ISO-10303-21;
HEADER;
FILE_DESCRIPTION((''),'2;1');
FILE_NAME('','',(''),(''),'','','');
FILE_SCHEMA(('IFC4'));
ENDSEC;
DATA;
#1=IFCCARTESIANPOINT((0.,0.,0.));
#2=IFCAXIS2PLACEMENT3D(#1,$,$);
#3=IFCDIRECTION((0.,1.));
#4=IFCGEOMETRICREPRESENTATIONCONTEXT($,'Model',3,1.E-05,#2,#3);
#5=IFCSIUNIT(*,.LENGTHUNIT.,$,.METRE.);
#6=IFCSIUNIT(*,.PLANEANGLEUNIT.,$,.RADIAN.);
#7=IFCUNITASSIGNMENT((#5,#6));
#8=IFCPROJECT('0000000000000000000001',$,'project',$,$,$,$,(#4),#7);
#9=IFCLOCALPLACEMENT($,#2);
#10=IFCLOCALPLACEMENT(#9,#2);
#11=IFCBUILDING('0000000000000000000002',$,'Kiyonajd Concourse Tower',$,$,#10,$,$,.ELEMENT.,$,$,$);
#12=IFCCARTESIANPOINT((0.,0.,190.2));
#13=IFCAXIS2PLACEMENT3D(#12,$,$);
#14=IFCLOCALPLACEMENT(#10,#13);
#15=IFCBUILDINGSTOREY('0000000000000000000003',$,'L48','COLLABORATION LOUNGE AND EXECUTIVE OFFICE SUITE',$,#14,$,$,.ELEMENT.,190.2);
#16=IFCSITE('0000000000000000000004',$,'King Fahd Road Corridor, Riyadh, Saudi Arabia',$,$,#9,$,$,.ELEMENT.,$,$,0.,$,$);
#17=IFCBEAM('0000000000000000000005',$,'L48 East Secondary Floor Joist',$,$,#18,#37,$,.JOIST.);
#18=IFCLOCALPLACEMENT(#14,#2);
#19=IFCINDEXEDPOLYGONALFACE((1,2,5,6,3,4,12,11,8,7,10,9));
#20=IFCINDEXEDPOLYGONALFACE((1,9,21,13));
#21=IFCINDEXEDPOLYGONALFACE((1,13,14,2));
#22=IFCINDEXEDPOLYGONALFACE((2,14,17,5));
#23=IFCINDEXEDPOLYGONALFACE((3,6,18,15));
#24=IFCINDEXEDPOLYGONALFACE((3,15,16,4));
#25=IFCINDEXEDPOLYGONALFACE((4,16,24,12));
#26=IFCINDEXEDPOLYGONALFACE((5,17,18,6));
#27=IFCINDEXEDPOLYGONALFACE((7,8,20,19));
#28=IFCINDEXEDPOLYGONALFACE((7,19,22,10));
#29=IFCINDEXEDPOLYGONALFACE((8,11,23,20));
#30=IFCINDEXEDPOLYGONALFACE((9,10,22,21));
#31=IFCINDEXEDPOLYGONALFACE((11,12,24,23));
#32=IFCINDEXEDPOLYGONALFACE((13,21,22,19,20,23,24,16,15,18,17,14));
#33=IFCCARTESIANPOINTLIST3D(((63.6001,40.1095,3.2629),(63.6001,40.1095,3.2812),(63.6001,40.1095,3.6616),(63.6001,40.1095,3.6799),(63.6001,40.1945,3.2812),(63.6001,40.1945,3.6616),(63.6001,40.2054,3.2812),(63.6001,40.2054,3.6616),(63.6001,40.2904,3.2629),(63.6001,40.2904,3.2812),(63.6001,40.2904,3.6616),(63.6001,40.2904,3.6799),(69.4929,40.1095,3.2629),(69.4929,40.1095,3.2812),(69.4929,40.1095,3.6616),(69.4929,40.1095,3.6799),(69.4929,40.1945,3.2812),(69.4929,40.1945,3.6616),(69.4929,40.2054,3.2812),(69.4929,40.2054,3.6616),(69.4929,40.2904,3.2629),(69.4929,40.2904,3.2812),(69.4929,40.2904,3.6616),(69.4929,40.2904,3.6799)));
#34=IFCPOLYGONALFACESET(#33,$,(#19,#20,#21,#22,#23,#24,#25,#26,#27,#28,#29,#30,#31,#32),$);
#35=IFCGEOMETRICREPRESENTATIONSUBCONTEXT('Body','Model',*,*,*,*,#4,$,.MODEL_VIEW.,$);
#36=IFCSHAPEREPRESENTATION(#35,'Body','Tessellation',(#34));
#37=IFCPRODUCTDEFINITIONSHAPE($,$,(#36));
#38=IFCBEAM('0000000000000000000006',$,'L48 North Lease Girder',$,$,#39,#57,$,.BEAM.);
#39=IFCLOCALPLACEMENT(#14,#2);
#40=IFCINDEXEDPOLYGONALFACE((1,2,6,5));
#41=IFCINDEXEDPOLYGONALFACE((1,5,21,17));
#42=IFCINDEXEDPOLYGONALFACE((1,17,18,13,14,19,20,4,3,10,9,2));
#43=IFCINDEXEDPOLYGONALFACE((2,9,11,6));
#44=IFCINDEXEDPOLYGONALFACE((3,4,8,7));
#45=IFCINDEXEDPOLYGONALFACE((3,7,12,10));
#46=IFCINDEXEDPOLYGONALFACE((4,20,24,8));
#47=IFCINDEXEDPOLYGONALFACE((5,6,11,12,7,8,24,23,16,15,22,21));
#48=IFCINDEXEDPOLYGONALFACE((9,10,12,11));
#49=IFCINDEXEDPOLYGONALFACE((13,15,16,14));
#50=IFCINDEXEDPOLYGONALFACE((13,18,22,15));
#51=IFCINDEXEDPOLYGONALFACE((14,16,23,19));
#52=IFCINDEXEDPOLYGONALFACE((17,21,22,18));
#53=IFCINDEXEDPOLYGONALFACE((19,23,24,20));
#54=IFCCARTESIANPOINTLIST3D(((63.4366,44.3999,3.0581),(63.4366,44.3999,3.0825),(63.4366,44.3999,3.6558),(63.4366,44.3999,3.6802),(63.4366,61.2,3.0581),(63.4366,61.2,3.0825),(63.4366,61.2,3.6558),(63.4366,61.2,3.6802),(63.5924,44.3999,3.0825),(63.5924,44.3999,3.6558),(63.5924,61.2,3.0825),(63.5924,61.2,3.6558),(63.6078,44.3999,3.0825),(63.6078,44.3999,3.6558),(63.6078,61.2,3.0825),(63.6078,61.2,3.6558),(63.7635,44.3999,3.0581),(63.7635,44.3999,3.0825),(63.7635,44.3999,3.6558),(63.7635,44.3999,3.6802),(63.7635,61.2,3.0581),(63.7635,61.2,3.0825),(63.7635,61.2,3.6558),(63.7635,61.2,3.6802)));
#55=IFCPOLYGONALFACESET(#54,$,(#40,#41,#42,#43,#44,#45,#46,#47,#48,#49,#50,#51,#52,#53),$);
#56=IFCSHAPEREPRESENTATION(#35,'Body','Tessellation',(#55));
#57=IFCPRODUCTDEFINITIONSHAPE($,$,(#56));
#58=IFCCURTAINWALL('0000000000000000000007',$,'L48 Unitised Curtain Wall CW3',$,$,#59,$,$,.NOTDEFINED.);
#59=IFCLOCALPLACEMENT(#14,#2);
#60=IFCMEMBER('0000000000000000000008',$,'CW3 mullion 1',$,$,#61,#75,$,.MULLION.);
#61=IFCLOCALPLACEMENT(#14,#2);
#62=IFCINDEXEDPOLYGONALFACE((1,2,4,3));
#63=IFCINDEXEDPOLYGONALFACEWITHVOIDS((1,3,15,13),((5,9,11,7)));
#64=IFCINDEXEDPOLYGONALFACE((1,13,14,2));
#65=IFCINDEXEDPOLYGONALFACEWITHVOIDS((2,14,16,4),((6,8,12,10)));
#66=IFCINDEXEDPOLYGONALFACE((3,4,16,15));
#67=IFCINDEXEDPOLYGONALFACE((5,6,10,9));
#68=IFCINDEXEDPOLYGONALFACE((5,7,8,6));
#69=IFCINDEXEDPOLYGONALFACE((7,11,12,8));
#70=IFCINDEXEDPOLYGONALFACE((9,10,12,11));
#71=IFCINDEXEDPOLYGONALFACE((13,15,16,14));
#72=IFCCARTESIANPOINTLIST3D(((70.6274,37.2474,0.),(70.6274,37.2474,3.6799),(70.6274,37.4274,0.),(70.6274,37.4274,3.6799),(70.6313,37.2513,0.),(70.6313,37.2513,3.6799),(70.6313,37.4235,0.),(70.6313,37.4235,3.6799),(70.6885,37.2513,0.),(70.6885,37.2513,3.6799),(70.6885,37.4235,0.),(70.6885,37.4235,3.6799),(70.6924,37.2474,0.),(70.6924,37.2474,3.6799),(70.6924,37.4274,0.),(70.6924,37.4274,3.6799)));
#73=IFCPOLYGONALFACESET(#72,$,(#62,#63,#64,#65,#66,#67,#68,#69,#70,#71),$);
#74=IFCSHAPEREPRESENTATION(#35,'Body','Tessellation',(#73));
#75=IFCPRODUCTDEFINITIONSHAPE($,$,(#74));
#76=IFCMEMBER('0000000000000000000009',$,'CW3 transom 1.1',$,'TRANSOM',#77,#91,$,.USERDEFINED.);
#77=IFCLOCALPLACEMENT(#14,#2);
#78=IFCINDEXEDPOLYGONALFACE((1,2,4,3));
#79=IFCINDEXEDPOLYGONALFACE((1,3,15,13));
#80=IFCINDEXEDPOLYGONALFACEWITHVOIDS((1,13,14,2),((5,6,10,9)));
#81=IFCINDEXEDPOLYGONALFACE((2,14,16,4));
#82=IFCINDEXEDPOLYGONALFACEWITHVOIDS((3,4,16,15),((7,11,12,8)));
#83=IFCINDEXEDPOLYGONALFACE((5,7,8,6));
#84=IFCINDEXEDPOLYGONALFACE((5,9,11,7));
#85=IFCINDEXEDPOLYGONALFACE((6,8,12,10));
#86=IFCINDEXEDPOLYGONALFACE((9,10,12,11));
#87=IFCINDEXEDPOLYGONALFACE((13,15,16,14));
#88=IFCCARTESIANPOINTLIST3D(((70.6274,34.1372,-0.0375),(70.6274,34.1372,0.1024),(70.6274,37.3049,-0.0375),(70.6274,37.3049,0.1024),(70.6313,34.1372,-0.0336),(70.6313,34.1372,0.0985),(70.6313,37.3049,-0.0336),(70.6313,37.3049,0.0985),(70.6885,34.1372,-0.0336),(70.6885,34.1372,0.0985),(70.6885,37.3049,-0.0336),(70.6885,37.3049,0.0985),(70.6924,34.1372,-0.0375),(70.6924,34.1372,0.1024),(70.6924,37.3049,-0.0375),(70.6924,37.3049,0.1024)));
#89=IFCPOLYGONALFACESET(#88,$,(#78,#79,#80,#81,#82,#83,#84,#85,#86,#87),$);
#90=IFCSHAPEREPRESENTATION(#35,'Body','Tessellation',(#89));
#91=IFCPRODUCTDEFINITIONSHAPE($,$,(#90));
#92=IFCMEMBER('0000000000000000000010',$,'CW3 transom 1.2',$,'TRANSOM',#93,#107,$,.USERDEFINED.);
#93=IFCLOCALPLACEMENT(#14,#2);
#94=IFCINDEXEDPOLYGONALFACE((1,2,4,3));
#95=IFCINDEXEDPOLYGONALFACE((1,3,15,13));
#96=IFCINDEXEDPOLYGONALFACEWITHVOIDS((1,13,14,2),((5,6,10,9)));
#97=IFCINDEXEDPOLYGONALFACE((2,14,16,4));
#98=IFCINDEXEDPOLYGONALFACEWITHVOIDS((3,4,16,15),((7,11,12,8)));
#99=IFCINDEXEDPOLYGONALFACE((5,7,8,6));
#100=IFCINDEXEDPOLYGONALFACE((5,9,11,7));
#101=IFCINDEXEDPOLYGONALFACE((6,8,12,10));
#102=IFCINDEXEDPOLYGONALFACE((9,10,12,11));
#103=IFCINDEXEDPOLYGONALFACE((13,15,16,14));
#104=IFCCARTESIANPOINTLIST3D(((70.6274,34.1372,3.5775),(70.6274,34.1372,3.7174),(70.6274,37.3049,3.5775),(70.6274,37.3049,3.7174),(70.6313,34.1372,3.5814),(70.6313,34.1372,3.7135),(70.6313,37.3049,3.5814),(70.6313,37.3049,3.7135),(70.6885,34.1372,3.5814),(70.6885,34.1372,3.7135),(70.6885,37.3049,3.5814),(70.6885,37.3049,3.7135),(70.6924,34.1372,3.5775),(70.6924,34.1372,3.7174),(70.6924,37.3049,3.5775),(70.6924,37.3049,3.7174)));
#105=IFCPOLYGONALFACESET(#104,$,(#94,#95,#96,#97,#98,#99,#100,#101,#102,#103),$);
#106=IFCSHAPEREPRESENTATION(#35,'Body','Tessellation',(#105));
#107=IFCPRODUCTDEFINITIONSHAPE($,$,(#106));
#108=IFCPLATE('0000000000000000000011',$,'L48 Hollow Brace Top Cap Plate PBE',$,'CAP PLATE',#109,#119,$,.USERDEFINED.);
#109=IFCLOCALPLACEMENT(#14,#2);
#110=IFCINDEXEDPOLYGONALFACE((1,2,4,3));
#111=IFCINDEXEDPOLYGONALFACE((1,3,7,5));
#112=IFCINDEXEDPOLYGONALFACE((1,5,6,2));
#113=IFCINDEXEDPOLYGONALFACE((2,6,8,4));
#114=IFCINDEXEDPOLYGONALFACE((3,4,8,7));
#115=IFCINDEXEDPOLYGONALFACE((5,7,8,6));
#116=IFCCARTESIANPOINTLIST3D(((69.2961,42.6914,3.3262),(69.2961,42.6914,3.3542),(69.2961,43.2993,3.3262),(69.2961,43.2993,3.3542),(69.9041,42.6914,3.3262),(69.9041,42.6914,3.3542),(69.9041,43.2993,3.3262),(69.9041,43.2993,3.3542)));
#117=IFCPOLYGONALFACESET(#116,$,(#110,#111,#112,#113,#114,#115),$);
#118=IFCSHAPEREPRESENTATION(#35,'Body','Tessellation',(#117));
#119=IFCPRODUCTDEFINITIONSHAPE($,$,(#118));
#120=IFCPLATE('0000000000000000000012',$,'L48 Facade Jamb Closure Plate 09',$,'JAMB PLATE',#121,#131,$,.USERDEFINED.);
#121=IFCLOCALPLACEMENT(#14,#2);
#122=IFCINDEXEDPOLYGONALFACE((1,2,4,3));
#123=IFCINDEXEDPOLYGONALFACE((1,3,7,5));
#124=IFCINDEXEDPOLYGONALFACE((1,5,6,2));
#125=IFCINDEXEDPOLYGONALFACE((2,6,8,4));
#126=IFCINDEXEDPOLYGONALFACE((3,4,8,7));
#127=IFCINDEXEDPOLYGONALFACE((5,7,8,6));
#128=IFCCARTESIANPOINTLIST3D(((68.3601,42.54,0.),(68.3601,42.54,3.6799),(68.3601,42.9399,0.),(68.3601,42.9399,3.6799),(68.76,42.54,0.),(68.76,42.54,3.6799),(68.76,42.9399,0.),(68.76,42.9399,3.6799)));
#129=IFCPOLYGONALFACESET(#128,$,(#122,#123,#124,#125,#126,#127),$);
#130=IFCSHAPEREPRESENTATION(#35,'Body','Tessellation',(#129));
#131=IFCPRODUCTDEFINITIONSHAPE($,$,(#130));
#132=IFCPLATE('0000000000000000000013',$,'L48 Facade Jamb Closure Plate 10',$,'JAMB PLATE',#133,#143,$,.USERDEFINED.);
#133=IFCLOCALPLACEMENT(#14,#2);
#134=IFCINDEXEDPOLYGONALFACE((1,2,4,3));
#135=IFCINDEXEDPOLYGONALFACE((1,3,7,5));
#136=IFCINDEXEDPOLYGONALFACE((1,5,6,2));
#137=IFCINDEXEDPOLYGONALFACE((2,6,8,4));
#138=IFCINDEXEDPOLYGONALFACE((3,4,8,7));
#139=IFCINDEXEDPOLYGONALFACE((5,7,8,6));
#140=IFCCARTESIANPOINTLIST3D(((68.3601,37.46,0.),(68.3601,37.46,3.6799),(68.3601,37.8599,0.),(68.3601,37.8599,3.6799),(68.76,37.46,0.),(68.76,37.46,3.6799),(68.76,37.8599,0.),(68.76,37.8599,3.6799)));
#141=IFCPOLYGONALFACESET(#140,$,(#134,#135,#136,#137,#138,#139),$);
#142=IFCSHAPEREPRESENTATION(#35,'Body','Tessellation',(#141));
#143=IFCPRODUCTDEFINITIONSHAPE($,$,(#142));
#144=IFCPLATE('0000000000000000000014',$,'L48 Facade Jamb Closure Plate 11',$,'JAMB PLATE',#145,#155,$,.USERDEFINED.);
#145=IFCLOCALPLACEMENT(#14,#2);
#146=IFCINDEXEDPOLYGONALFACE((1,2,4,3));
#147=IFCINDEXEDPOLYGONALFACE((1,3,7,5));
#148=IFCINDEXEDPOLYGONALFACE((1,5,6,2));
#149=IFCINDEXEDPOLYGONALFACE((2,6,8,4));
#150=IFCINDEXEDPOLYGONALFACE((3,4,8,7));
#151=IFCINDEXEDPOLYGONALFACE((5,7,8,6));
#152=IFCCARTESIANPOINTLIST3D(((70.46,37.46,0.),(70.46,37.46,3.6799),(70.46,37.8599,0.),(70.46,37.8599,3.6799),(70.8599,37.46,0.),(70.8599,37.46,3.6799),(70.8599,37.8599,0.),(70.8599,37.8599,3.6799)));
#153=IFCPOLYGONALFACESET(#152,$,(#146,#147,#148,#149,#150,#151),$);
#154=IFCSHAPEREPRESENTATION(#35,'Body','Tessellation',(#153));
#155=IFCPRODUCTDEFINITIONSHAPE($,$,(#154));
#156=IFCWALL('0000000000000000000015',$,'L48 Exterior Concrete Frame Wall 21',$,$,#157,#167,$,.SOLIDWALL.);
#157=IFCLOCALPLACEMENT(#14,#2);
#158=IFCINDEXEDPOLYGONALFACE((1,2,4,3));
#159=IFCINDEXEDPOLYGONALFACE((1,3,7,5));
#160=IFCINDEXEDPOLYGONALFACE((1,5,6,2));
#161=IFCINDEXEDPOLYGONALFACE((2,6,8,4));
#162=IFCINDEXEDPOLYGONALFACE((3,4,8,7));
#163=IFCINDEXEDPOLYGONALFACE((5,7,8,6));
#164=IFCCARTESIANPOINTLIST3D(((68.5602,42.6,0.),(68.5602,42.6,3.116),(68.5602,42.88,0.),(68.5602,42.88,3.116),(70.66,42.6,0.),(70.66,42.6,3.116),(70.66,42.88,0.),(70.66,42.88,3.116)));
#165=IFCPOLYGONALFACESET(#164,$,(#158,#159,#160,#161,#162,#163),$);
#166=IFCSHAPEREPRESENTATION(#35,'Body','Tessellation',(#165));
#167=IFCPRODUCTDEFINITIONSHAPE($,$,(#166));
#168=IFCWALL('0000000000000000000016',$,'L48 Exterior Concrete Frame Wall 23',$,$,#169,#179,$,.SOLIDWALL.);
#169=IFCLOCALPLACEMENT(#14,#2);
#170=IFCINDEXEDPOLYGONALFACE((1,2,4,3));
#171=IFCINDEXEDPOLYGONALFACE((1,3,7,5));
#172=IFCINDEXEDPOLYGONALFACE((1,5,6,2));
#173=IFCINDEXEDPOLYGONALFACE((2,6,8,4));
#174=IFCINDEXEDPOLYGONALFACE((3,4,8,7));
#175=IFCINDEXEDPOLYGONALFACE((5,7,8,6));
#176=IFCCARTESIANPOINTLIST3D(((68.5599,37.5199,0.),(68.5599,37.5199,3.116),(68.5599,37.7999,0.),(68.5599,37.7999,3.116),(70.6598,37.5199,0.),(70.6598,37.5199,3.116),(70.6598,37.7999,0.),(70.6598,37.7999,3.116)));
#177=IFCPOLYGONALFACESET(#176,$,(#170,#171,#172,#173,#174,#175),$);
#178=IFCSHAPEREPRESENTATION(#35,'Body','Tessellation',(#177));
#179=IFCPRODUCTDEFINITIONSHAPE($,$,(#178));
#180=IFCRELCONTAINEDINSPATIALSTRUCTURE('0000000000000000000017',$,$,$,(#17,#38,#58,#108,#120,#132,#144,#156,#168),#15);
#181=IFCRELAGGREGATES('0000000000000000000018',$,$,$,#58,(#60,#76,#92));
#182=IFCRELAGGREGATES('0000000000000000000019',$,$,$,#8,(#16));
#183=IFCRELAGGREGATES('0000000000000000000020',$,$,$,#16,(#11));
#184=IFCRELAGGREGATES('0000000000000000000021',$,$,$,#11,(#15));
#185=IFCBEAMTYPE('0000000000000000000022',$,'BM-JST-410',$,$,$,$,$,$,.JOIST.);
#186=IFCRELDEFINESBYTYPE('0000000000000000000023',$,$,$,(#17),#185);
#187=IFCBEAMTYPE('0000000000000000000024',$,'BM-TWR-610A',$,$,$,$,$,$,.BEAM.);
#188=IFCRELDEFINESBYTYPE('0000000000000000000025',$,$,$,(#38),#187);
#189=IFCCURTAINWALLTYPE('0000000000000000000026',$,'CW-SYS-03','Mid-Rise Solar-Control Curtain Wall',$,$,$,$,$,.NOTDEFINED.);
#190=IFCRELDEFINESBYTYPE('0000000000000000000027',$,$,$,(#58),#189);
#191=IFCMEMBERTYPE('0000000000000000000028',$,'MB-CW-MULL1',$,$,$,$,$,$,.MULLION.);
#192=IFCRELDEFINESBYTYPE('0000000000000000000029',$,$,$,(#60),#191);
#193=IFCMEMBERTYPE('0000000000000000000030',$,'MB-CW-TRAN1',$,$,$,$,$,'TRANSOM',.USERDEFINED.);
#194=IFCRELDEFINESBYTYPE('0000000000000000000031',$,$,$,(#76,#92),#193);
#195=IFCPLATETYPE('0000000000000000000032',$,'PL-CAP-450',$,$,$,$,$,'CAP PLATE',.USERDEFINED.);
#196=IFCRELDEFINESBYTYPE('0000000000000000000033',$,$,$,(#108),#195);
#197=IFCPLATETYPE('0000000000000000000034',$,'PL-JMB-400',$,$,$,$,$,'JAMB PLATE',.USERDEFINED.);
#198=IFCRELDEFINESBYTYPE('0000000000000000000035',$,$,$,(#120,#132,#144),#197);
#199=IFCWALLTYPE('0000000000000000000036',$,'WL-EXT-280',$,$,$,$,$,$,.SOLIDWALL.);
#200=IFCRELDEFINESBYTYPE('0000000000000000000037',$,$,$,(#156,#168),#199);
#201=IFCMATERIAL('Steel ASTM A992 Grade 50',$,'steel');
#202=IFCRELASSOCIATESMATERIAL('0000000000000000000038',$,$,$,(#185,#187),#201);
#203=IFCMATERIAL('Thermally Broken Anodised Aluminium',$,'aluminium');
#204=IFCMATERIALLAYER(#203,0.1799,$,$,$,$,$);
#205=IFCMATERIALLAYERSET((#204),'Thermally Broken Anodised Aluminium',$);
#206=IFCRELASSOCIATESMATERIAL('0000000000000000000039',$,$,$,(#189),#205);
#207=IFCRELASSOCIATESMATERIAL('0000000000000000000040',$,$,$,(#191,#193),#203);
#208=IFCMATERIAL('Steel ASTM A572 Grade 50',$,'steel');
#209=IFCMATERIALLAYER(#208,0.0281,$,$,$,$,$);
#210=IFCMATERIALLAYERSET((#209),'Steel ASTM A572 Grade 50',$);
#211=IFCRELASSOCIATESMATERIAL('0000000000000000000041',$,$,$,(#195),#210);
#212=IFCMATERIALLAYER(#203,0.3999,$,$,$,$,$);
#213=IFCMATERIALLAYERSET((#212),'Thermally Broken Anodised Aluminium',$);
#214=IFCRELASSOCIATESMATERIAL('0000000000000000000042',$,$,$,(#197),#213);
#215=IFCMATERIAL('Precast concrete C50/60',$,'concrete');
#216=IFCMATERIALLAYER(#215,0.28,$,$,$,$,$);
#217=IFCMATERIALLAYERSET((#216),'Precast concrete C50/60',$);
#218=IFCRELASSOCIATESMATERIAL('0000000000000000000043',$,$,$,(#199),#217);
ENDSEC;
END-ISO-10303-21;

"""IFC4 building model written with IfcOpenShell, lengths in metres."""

from ifc_helpers import new_model, si_unit, direction, frame, frame_2d, origin, origin_2d, place, context, subcontext, project, spatial, rectangle, hollow_rectangle, i_section, extrude, material, layer, layer_set, material_profile, profile_set, type_object, element, aggregate, save


model = new_model("IFC4")

# Units and contexts
model_context = context("Model", 3, precision=1e-05, world=origin(), true_north=direction((0.0, 1.0)))
body_context = subcontext(model_context, "Body", "Model", "MODEL_VIEW")
ifc_project = project(units=[si_unit("LENGTHUNIT", "METRE"), si_unit("PLANEANGLEUNIT", "RADIAN")], contexts=[model_context])

# Site, building, storey
site_placement = place(None, origin())
site = spatial("IfcSite", under=ifc_project, at=site_placement, Name="King Fahd Road Corridor, Riyadh, Saudi Arabia", CompositionType="ELEMENT", RefElevation=0.0)
building_placement = place(site_placement, origin())
building = spatial("IfcBuilding", under=site, at=building_placement, Name="Kiyonajd Concourse Tower", CompositionType="ELEMENT")
storey_placement = place(building_placement, frame((0.0, 0.0, 190.2)))
storey = spatial("IfcBuildingStorey", under=building, at=storey_placement, Name="L48", Description="COLLABORATION LOUNGE AND EXECUTIVE OFFICE SUITE", CompositionType="ELEMENT", Elevation=190.2)

# Beams
ifc_material_1 = material(Name="Steel ASTM A992 Grade 50", Category="steel")
ifc_material_profile_1 = material_profile(ifc_material_1, i_section(OverallWidth=0.1809, OverallDepth=0.417, WebThickness=0.011, FlangeThickness=0.0183, at=origin_2d()), Name="W410X85")
ifc_profile_set_1 = profile_set([ifc_material_profile_1], Name="Steel ASTM A992 Grade 50")
beam_type_1 = type_object("IfcBeamType", Name="BM-JST-410", PredefinedType="JOIST", material=ifc_profile_set_1)
beam_1_placement = place(storey_placement, frame((63.6001, 40.2, 3.4714), z_axis=(1.0, 0.0, 0.0), x_axis=(0.0, 1.0, 0.0)))
element("IfcBeam", 1, at=beam_1_placement, inside=storey, type_object=beam_type_1, Name="L48 East Secondary Floor Joist", PredefinedType="JOIST", context=body_context, shape_type="SweptSolid", body=[
    extrude(i_section(OverallWidth=0.1809, OverallDepth=0.417, WebThickness=0.011, FlangeThickness=0.0183, at=origin_2d()), origin(), (0.0, 0.0, 1.0), 5.8928),
])
ifc_material_profile_2 = material_profile(ifc_material_1, i_section(OverallWidth=0.3269, OverallDepth=0.6221, WebThickness=0.0154, FlangeThickness=0.0244, at=origin_2d()), Name="W610X195")
ifc_profile_set_2 = profile_set([ifc_material_profile_2], Name="Steel ASTM A992 Grade 50")
beam_type_2 = type_object("IfcBeamType", Name="BM-TWR-610A", PredefinedType="BEAM", material=ifc_profile_set_2)
beam_2_placement = place(storey_placement, frame((63.6001, 44.3999, 3.3691), z_axis=(0.0, 1.0, 0.0), x_axis=(-1.0, 0.0, 0.0)))
element("IfcBeam", 2, at=beam_2_placement, inside=storey, type_object=beam_type_2, Name="L48 North Lease Girder", PredefinedType="BEAM", context=body_context, shape_type="SweptSolid", body=[
    extrude(i_section(OverallWidth=0.3269, OverallDepth=0.6221, WebThickness=0.0154, FlangeThickness=0.0244, at=origin_2d()), origin(), (0.0, 0.0, 1.0), 16.8),
])

# Curtain wall, members
ifc_material_2 = material(Name="Thermally Broken Anodised Aluminium", Category="aluminium")
ifc_layer_1 = layer(ifc_material_2, 0.1799)
ifc_layer_set_1 = layer_set([ifc_layer_1], Name="Thermally Broken Anodised Aluminium")
curtain_wall_type = type_object("IfcCurtainWallType", Name="CW-SYS-03", Description="Mid-Rise Solar-Control Curtain Wall", PredefinedType="NOTDEFINED", material=ifc_layer_set_1)
curtain_wall_placement = place(storey_placement, origin())
curtain_wall = element("IfcCurtainWall", 3, at=curtain_wall_placement, inside=storey, type_object=curtain_wall_type, Name="L48 Unitised Curtain Wall CW3", PredefinedType="NOTDEFINED")
ifc_material_profile_3 = material_profile(ifc_material_2, hollow_rectangle(XDim=0.0649, YDim=0.1799, WallThickness=0.0039, at=origin_2d()), Name="MULL-65x180")
ifc_profile_set_3 = profile_set([ifc_material_profile_3], Name="Thermally Broken Anodised Aluminium")
member_type_1 = type_object("IfcMemberType", Name="MB-CW-MULL1", PredefinedType="MULLION", material=ifc_profile_set_3)
member_1_placement = place(storey_placement, frame((70.6599, 37.3374, 0.0), z_axis=(0.0, 0.0, 1.0), x_axis=(1.0, 0.0, 0.0)))
member_1 = element("IfcMember", 4, at=member_1_placement, type_object=member_type_1, Name="CW3 mullion 1", PredefinedType="MULLION", context=body_context, shape_type="SweptSolid", body=[
    extrude(hollow_rectangle(XDim=0.0649, YDim=0.1799, WallThickness=0.0039, at=origin_2d()), origin(), (0.0, 0.0, 1.0), 3.6799),
])
ifc_material_profile_4 = material_profile(ifc_material_2, hollow_rectangle(XDim=0.0649, YDim=0.1399, WallThickness=0.0039, at=origin_2d()), Name="TRAN-65x140")
ifc_profile_set_4 = profile_set([ifc_material_profile_4], Name="Thermally Broken Anodised Aluminium")
member_type_2 = type_object("IfcMemberType", Name="MB-CW-TRAN1", ElementType="TRANSOM", PredefinedType="USERDEFINED", material=ifc_profile_set_4)
member_2_placement = place(storey_placement, frame((70.6599, 37.3049, 0.0325), z_axis=(0.0, -1.0, 0.0), x_axis=(1.0, 0.0, 0.0)))
member_2 = element("IfcMember", 5, at=member_2_placement, type_object=member_type_2, Name="CW3 transom 1.1", ObjectType="TRANSOM", PredefinedType="USERDEFINED", context=body_context, shape_type="SweptSolid", body=[
    extrude(hollow_rectangle(XDim=0.0649, YDim=0.1399, WallThickness=0.0039, at=origin_2d()), origin(), (0.0, 0.0, 1.0), 3.1677),
])
member_3_placement = place(storey_placement, frame((70.6599, 37.3049, 3.6475), z_axis=(0.0, -1.0, 0.0), x_axis=(1.0, 0.0, 0.0)))
member_3 = element("IfcMember", 6, at=member_3_placement, type_object=member_type_2, Name="CW3 transom 1.2", ObjectType="TRANSOM", PredefinedType="USERDEFINED", context=body_context, shape_type="SweptSolid", body=[
    extrude(hollow_rectangle(XDim=0.0649, YDim=0.1399, WallThickness=0.0039, at=origin_2d()), origin(), (0.0, 0.0, 1.0), 3.1677),
])
aggregate(curtain_wall, [member_1, member_2, member_3])

# Plates
ifc_material_3 = material(Name="Steel ASTM A572 Grade 50", Category="steel")
ifc_layer_2 = layer(ifc_material_3, 0.0281)
ifc_layer_set_2 = layer_set([ifc_layer_2], Name="Steel ASTM A572 Grade 50")
plate_type_1 = type_object("IfcPlateType", Name="PL-CAP-450", ElementType="CAP PLATE", PredefinedType="USERDEFINED", material=ifc_layer_set_2)
plate_placement = place(storey_placement, frame((69.6001, 42.9954, 3.3262), z_axis=(0.0, 0.0, 1.0), x_axis=(1.0, 0.0, 0.0)))
element("IfcPlate", 7, at=plate_placement, inside=storey, type_object=plate_type_1, Name="L48 Hollow Brace Top Cap Plate PBE", ObjectType="CAP PLATE", PredefinedType="USERDEFINED", context=body_context, shape_type="SweptSolid", body=[
    extrude(rectangle(XDim=0.6079, YDim=0.6079, at=origin_2d()), origin(), (0.0, 0.0, 1.0), 0.0281),
])
ifc_layer_3 = layer(ifc_material_2, 0.3999)
ifc_layer_set_3 = layer_set([ifc_layer_3], Name="Thermally Broken Anodised Aluminium")
plate_type_2 = type_object("IfcPlateType", Name="PL-JMB-400", ElementType="JAMB PLATE", PredefinedType="USERDEFINED", material=ifc_layer_set_3)
for number, where, z_axis, x_axis, name in (
    (8, (68.5601, 42.74, 0.0), (0.0, 0.0, 1.0), (1.0, 0.0, 0.0), "L48 Facade Jamb Closure Plate 09"),
    (9, (68.5601, 37.6599, 0.0), (0.0, 0.0, 1.0), (1.0, 0.0, 0.0), "L48 Facade Jamb Closure Plate 10"),
    (10, (70.6599, 37.6599, 0.0), (0.0, 0.0, 1.0), (1.0, 0.0, 0.0), "L48 Facade Jamb Closure Plate 11"),
):
    element("IfcPlate", number, at=place(storey_placement, frame(where, z_axis=z_axis, x_axis=x_axis)), inside=storey, type_object=plate_type_2, Name=name, ObjectType="JAMB PLATE", PredefinedType="USERDEFINED", context=body_context, shape_type="SweptSolid", body=[
        extrude(rectangle(XDim=0.3999, YDim=0.3999, at=origin_2d()), origin(), (0.0, 0.0, 1.0), 3.6799),
    ])

# Walls
ifc_material_4 = material(Name="Precast concrete C50/60", Category="concrete")
ifc_layer_4 = layer(ifc_material_4, 0.28)
ifc_layer_set_4 = layer_set([ifc_layer_4], Name="Precast concrete C50/60")
wall_type_1 = type_object("IfcWallType", Name="WL-EXT-280", PredefinedType="SOLIDWALL", material=ifc_layer_set_4)
for number, where, z_axis, x_axis, name in (
    (11, (70.6599, 42.74, 0.0), (0.0, 0.0, 1.0), (-1.0, 0.0, 0.0), "L48 Exterior Concrete Frame Wall 21"),
    (12, (68.5601, 37.6599, 0.0), (0.0, 0.0, 1.0), (1.0, 0.0, 0.0), "L48 Exterior Concrete Frame Wall 23"),
):
    element("IfcWall", number, at=place(storey_placement, frame(where, z_axis=z_axis, x_axis=x_axis)), inside=storey, type_object=wall_type_1, Name=name, PredefinedType="SOLIDWALL", context=body_context, shape_type="SweptSolid", body=[
        extrude(rectangle(XDim=2.0999, YDim=0.28, at=frame_2d((1.0498, 0.0))), origin(), (0.0, 0.0, 1.0), 3.116),
    ])

save(model, "model.ifc")
